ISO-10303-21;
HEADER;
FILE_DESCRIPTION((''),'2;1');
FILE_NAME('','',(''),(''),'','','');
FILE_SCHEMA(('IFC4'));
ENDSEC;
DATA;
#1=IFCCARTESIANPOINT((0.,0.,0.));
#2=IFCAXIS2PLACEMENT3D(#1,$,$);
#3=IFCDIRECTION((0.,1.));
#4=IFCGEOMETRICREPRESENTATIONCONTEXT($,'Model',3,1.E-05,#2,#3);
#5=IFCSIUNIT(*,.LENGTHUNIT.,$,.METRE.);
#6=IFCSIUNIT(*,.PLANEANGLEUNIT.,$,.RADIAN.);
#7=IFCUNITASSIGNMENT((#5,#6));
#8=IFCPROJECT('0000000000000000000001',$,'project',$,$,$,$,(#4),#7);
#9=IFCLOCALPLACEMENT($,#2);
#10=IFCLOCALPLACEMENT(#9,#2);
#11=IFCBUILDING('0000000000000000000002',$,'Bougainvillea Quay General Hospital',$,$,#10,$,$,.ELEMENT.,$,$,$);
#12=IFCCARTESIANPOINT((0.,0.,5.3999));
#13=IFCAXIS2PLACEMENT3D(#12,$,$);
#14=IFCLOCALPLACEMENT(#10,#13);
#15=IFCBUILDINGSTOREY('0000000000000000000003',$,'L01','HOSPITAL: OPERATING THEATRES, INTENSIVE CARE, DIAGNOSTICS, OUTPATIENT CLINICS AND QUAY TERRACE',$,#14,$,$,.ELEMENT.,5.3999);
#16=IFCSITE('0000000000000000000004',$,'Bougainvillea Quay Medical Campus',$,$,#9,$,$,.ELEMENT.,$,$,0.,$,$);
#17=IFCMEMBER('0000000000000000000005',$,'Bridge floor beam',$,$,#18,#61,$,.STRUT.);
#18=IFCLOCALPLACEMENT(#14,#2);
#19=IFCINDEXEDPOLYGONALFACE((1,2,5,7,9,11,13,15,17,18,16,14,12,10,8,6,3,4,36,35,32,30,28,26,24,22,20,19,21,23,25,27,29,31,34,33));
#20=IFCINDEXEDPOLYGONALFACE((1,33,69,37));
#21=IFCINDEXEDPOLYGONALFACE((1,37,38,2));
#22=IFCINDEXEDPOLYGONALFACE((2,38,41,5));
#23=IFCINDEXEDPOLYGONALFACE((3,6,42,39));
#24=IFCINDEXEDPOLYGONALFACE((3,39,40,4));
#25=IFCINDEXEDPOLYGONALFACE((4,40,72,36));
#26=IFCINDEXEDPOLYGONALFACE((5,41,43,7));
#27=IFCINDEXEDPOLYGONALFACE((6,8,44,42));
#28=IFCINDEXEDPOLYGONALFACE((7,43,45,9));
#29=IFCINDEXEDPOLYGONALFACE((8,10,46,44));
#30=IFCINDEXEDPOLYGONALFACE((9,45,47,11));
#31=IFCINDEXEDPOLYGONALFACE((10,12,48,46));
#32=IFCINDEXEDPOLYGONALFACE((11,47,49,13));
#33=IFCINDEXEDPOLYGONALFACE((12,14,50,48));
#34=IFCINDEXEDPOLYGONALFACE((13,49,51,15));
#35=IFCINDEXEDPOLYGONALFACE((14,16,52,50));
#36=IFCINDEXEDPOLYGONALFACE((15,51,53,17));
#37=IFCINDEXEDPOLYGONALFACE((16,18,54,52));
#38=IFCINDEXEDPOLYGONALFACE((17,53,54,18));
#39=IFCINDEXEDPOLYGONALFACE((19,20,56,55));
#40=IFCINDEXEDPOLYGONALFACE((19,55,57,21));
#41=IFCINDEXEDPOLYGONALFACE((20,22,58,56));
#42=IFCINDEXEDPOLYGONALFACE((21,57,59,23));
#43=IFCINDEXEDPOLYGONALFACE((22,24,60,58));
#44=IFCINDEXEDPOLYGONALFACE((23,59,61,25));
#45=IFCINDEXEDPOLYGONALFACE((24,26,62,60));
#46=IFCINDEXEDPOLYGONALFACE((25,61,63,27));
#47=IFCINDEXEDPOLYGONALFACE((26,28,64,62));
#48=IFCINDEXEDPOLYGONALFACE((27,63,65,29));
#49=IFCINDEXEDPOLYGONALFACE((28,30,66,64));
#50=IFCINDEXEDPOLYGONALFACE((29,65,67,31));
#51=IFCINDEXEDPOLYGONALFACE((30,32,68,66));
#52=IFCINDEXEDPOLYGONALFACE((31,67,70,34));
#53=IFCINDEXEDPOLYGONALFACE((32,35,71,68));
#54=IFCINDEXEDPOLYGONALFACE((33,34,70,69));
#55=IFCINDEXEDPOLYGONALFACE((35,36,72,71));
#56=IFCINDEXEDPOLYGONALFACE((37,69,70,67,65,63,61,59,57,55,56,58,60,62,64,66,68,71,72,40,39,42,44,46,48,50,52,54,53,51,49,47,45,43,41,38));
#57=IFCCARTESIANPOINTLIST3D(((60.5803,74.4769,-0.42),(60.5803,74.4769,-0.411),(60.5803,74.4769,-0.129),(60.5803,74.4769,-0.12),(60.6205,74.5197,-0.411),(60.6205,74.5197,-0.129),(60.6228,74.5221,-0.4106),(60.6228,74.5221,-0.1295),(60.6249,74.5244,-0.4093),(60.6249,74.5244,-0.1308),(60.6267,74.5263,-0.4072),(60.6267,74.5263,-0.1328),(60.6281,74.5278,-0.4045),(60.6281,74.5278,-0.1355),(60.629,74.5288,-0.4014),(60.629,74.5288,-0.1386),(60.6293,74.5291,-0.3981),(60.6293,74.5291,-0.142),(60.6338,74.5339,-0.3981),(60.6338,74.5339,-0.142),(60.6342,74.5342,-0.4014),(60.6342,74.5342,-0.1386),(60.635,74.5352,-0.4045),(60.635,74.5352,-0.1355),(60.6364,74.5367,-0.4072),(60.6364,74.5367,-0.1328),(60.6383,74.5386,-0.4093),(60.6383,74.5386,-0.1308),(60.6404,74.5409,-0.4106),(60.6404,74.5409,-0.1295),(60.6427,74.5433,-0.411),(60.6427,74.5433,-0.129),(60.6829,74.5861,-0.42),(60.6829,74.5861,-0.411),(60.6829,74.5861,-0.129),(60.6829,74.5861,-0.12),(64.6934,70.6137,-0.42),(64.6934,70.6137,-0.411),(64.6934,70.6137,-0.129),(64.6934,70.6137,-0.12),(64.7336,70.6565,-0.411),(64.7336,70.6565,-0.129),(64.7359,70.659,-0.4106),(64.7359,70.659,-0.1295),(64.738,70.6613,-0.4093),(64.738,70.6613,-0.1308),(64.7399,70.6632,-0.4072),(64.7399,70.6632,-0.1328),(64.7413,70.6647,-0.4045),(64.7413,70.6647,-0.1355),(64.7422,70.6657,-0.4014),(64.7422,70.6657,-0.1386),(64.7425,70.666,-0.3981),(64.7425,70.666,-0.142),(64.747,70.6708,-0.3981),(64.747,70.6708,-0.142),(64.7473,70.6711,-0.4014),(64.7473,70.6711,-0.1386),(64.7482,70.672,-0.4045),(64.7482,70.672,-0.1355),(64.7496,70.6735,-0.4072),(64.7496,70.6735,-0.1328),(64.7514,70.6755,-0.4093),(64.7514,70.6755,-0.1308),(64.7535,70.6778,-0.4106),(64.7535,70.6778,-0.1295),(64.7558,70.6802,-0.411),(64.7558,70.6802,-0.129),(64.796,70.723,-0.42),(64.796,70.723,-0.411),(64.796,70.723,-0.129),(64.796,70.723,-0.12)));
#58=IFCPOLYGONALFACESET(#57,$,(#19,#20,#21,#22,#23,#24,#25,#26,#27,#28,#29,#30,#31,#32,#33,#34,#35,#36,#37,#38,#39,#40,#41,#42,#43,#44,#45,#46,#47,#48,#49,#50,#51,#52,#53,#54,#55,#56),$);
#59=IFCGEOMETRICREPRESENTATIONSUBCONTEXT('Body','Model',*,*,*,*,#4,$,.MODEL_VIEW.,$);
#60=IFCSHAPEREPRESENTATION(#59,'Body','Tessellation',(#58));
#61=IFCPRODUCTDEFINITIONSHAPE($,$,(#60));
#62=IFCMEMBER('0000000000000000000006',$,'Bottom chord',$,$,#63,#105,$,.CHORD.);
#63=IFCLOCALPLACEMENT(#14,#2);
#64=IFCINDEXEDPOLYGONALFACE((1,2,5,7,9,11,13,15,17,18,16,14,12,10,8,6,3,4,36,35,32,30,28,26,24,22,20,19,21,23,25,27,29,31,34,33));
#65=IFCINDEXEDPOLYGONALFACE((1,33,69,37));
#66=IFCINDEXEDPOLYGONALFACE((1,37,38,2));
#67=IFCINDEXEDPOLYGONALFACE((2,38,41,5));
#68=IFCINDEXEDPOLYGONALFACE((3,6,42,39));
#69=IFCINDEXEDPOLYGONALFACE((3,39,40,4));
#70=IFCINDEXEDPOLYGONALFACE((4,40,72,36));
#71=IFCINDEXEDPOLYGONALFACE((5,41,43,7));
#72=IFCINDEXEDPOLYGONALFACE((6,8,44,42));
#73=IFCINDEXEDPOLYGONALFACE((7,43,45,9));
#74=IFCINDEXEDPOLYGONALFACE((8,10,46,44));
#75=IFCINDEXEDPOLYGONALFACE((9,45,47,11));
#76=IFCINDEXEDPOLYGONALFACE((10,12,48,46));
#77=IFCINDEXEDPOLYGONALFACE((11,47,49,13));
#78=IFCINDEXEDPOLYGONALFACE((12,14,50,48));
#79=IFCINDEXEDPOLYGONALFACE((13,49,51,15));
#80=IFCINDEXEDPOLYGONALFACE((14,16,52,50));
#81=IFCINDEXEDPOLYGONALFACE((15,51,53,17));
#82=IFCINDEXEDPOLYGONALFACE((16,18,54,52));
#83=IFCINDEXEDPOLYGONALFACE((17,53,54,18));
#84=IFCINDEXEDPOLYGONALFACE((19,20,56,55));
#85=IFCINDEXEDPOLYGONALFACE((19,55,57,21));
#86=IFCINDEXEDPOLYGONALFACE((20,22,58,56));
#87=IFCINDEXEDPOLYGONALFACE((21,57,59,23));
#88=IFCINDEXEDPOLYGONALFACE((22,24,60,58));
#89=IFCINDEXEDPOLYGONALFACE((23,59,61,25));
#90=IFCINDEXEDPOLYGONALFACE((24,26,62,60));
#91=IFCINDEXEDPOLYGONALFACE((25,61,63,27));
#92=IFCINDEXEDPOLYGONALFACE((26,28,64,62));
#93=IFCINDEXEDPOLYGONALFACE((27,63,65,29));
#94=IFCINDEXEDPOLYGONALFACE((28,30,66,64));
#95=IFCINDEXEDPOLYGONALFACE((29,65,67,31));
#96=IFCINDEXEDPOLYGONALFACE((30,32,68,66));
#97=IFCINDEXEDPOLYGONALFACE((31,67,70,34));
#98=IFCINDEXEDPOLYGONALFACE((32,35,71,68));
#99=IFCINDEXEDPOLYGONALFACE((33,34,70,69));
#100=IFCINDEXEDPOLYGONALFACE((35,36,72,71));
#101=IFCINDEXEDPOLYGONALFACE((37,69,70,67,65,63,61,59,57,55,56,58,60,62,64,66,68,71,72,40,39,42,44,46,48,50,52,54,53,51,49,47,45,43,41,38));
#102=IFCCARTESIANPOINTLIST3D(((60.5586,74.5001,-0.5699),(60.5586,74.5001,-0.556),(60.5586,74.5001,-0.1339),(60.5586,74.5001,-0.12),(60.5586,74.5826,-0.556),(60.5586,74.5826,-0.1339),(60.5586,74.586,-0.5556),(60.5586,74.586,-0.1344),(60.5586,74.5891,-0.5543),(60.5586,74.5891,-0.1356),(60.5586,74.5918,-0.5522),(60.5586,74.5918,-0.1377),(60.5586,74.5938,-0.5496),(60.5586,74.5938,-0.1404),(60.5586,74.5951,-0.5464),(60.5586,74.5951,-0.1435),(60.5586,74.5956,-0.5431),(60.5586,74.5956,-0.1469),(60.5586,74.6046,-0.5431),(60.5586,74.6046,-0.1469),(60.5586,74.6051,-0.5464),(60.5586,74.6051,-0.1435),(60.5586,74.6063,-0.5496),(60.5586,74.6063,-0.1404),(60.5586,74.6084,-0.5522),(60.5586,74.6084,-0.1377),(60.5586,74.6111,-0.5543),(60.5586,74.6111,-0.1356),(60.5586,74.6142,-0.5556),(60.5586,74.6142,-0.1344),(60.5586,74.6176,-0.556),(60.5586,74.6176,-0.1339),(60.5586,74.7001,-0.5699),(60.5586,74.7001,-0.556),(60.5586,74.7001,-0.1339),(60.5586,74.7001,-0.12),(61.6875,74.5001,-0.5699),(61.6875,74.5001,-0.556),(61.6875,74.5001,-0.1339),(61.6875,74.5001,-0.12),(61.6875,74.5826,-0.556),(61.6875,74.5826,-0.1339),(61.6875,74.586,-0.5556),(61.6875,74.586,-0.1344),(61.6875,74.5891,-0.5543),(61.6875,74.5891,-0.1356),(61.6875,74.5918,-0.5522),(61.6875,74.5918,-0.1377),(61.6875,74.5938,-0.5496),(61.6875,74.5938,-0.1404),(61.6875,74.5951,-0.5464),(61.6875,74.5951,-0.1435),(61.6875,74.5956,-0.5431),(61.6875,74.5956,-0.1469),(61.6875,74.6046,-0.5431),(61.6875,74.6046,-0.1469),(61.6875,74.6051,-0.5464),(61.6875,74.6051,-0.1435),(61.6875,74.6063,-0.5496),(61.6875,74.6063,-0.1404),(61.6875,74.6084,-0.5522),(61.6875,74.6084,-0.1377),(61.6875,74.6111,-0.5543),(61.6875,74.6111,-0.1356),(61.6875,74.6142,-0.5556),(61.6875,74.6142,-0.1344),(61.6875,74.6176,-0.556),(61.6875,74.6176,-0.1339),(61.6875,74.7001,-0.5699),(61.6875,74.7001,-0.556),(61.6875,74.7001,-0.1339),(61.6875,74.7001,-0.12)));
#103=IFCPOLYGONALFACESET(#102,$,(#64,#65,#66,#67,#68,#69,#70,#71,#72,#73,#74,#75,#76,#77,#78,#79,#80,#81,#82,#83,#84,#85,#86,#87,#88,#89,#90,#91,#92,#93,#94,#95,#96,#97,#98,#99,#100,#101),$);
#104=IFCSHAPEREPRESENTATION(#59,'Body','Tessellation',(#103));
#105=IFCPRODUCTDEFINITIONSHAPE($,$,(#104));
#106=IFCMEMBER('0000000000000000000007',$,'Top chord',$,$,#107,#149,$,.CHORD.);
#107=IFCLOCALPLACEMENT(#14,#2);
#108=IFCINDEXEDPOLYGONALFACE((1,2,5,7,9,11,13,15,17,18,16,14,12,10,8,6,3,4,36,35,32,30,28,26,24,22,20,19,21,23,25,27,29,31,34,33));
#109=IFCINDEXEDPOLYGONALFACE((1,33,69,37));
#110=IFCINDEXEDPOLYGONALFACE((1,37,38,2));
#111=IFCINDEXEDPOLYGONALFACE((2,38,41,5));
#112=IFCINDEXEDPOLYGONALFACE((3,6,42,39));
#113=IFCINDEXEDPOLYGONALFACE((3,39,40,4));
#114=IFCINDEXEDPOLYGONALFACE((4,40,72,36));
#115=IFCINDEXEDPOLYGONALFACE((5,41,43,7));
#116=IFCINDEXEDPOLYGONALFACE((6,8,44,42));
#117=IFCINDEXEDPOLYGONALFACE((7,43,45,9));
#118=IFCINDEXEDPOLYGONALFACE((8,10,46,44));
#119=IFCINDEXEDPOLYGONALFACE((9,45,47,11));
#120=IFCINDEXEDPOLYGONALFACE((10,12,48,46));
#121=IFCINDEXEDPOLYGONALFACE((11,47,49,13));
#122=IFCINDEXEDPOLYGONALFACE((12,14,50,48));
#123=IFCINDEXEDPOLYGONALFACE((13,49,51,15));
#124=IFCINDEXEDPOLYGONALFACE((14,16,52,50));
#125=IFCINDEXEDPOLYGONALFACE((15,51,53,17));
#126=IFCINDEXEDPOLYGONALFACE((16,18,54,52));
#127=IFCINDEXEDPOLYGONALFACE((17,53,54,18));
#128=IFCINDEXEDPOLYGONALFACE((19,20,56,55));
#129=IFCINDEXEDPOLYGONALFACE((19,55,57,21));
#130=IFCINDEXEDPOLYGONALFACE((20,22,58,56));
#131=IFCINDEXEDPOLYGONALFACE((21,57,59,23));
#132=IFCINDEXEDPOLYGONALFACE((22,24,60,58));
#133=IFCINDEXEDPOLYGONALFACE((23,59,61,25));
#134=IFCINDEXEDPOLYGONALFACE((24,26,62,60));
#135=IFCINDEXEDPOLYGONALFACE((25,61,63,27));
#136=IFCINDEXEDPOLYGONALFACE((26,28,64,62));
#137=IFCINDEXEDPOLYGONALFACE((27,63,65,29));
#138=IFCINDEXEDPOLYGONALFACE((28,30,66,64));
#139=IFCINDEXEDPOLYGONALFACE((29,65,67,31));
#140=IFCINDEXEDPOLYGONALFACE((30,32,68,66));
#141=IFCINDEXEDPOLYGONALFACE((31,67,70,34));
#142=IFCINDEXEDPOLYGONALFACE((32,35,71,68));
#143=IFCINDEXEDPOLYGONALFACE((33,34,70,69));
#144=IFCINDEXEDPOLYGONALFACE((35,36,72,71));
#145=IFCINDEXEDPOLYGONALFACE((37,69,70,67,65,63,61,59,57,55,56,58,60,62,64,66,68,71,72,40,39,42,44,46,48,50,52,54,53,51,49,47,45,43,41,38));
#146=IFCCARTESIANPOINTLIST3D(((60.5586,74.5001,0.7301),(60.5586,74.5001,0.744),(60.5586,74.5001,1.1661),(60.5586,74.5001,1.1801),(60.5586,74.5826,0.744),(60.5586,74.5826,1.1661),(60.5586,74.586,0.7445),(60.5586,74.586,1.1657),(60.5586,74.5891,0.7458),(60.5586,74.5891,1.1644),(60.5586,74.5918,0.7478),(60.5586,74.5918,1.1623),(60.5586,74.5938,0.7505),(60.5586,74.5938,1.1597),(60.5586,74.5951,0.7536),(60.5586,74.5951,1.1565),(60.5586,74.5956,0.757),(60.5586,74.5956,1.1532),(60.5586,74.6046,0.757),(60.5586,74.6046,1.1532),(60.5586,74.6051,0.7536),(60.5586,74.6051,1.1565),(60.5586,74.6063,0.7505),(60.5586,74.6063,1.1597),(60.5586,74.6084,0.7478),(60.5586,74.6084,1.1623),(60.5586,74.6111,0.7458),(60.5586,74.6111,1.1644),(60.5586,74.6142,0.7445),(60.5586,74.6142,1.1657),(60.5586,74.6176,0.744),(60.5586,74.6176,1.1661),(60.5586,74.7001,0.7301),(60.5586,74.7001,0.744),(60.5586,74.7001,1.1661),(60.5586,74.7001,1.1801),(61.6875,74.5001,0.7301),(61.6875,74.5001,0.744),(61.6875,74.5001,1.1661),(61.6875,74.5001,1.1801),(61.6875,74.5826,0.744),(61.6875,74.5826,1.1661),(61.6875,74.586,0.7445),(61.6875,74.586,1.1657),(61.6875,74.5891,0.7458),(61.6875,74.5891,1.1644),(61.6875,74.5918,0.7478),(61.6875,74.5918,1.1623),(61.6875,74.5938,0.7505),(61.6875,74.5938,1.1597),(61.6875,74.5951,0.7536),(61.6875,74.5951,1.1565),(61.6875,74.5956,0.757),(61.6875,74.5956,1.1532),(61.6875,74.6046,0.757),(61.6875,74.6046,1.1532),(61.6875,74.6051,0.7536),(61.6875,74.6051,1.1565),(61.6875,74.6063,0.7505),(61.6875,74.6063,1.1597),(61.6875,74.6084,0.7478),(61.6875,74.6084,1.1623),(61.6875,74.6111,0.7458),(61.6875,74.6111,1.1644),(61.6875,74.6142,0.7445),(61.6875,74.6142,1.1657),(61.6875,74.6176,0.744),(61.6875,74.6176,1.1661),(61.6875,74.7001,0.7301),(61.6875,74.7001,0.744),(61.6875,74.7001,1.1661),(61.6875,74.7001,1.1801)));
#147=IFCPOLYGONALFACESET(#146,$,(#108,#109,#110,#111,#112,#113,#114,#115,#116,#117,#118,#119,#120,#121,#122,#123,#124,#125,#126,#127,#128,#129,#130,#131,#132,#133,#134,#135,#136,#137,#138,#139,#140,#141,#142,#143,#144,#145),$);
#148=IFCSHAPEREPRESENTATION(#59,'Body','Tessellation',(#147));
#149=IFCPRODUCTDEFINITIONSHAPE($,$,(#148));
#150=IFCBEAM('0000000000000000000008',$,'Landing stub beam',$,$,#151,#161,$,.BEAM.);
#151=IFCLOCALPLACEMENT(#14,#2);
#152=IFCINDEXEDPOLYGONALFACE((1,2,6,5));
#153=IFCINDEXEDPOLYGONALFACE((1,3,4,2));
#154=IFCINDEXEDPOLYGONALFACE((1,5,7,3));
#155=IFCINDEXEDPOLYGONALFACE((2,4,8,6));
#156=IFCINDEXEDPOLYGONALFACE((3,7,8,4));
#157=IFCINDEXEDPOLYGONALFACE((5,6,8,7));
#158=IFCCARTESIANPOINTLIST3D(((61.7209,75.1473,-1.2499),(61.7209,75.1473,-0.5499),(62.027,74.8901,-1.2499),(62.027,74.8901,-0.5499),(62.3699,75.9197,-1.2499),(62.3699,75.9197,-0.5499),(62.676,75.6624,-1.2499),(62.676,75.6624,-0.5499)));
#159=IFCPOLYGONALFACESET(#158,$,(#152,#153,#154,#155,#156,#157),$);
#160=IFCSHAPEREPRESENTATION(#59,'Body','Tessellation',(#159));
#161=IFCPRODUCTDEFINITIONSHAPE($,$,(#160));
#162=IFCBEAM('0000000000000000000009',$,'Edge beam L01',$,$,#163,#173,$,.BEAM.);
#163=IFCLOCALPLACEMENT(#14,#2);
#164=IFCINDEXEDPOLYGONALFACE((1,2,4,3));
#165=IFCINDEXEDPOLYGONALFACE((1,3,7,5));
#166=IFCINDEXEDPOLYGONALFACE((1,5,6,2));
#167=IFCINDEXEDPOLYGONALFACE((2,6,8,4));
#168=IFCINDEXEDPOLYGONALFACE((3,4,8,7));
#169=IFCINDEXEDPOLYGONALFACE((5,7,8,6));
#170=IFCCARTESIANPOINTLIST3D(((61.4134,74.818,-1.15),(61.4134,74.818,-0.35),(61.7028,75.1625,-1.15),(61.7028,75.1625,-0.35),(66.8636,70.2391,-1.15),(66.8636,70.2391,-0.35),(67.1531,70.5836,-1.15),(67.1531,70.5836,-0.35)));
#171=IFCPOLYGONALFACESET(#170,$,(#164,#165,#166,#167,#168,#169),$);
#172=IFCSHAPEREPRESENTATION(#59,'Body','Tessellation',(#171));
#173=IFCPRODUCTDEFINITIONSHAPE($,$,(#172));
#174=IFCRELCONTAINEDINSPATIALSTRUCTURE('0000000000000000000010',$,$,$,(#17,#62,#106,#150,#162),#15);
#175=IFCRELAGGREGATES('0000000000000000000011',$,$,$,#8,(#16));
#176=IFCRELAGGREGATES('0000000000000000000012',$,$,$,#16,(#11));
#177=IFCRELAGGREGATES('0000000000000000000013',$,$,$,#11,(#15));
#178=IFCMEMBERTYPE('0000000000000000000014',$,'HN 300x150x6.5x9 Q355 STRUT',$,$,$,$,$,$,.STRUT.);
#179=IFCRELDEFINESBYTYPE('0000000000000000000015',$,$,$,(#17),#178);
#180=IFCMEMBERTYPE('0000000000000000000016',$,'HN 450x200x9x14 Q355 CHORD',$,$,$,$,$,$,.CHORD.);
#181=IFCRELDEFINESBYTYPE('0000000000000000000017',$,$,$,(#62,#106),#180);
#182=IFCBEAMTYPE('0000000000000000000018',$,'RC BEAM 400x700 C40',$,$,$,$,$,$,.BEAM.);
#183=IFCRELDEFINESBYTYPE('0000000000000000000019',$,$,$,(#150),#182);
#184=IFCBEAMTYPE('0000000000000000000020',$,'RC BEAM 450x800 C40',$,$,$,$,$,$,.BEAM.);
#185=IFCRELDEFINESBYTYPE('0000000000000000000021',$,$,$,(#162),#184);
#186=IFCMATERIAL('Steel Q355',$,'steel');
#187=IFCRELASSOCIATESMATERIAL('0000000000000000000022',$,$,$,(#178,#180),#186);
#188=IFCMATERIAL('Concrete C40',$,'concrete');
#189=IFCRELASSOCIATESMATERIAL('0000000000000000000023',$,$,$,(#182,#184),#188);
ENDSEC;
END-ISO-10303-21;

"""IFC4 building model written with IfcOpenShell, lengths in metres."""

from ifc_helpers import new_model, si_unit, direction, frame, origin, origin_2d, place, context, subcontext, project, spatial, rectangle, i_section, extrude, material, material_profile, profile_set, type_object, element, save


model = new_model("IFC4")

# Units and contexts
model_context = context("Model", 3, precision=1e-05, world=origin(), true_north=direction((0.0, 1.0)))
body_context = subcontext(model_context, "Body", "Model", "MODEL_VIEW")
ifc_project = project(units=[si_unit("LENGTHUNIT", "METRE"), si_unit("PLANEANGLEUNIT", "RADIAN")], contexts=[model_context])

# Site, building, storey
site_placement = place(None, origin())
site = spatial("IfcSite", under=ifc_project, at=site_placement, Name="Bougainvillea Quay Medical Campus", CompositionType="ELEMENT", RefElevation=0.0)
building_placement = place(site_placement, origin())
building = spatial("IfcBuilding", under=site, at=building_placement, Name="Bougainvillea Quay General Hospital", CompositionType="ELEMENT")
storey_placement = place(building_placement, frame((0.0, 0.0, 5.3999)))
storey = spatial("IfcBuildingStorey", under=building, at=storey_placement, Name="L01", Description="HOSPITAL: OPERATING THEATRES, INTENSIVE CARE, DIAGNOSTICS, OUTPATIENT CLINICS AND QUAY TERRACE", CompositionType="ELEMENT", Elevation=5.3999)

# Members
ifc_material_1 = material(Name="Steel Q355", Category="steel")
ifc_material_profile_1 = material_profile(ifc_material_1, i_section(OverallWidth=0.1499, OverallDepth=0.3, WebThickness=0.0066, FlangeThickness=0.009, FilletRadius=0.0129, at=origin_2d()))
ifc_profile_set_1 = profile_set([ifc_material_profile_1], Name="Steel Q355")
member_type_1 = type_object("IfcMemberType", Name="HN 300x150x6.5x9 Q355 STRUT", PredefinedType="STRUT", material=ifc_profile_set_1)
member_1_placement = place(storey_placement, frame((60.6316, 74.5315, -0.27), z_axis=(0.728912, -0.684607, 0.0), x_axis=(0.684607, 0.728912, 0.0)))
element("IfcMember", 1, at=member_1_placement, inside=storey, type_object=member_type_1, Name="Bridge floor beam", PredefinedType="STRUT", context=body_context, shape_type="SweptSolid", body=[
    extrude(i_section(OverallWidth=0.1499, OverallDepth=0.3, WebThickness=0.0066, FlangeThickness=0.009, FilletRadius=0.0129, at=origin_2d()), origin(), (0.0, 0.0, 1.0), 5.6428),
])
ifc_material_profile_2 = material_profile(ifc_material_1, i_section(OverallWidth=0.2, OverallDepth=0.45, WebThickness=0.009, FlangeThickness=0.0139, FilletRadius=0.0129, at=origin_2d()))
ifc_profile_set_2 = profile_set([ifc_material_profile_2], Name="Steel Q355")
member_type_2 = type_object("IfcMemberType", Name="HN 450x200x9x14 Q355 CHORD", PredefinedType="CHORD", material=ifc_profile_set_2)
for number, where, z_axis, x_axis, name in (
    (2, (60.5586, 74.6001, -0.345), (1.0, 0.0, 0.0), (0.0, 1.0, 0.0), "Bottom chord"),
    (3, (60.5586, 74.6001, 0.9551), (1.0, 0.0, 0.0), (0.0, 1.0, 0.0), "Top chord"),
):
    element("IfcMember", number, at=place(storey_placement, frame(where, z_axis=z_axis, x_axis=x_axis)), inside=storey, type_object=member_type_2, Name=name, PredefinedType="CHORD", context=body_context, shape_type="SweptSolid", body=[
        extrude(i_section(OverallWidth=0.2, OverallDepth=0.45, WebThickness=0.009, FlangeThickness=0.0139, FilletRadius=0.0129, at=origin_2d()), origin(), (0.0, 0.0, 1.0), 1.1289),
    ])

# Beams
ifc_material_2 = material(Name="Concrete C40", Category="concrete")
ifc_material_profile_3 = material_profile(ifc_material_2, rectangle(XDim=0.3999, YDim=0.7, at=origin_2d()))
ifc_profile_set_3 = profile_set([ifc_material_profile_3], Name="Concrete C40")
beam_type_1 = type_object("IfcBeamType", Name="RC BEAM 400x700 C40", PredefinedType="BEAM", material=ifc_profile_set_3)
beam_1_placement = place(storey_placement, frame((62.5229, 75.791, -0.8999), z_axis=(-0.643345, -0.765576, 0.0), x_axis=(0.765576, -0.643345, 0.0)))
element("IfcBeam", 4, at=beam_1_placement, inside=storey, type_object=beam_type_1, Name="Landing stub beam", PredefinedType="BEAM", context=body_context, shape_type="SweptSolid", body=[
    extrude(rectangle(XDim=0.3999, YDim=0.7, at=origin_2d()), origin(), (0.0, 0.0, 1.0), 1.0088),
])
ifc_material_profile_4 = material_profile(ifc_material_2, rectangle(XDim=0.45, YDim=0.8, at=origin_2d()))
ifc_profile_set_4 = profile_set([ifc_material_profile_4], Name="Concrete C40")
beam_type_2 = type_object("IfcBeamType", Name="RC BEAM 450x800 C40", PredefinedType="BEAM", material=ifc_profile_set_4)
beam_2_placement = place(storey_placement, frame((61.5581, 74.9902, -0.75), z_axis=(0.765657, -0.643249, 0.0), x_axis=(0.643249, 0.765657, 0.0)))
element("IfcBeam", 5, at=beam_2_placement, inside=storey, type_object=beam_type_2, Name="Edge beam L01", PredefinedType="BEAM", context=body_context, shape_type="SweptSolid", body=[
    extrude(rectangle(XDim=0.45, YDim=0.8, at=origin_2d()), origin(), (0.0, 0.0, 1.0), 7.1184),
])

save(model, "model.ifc")
